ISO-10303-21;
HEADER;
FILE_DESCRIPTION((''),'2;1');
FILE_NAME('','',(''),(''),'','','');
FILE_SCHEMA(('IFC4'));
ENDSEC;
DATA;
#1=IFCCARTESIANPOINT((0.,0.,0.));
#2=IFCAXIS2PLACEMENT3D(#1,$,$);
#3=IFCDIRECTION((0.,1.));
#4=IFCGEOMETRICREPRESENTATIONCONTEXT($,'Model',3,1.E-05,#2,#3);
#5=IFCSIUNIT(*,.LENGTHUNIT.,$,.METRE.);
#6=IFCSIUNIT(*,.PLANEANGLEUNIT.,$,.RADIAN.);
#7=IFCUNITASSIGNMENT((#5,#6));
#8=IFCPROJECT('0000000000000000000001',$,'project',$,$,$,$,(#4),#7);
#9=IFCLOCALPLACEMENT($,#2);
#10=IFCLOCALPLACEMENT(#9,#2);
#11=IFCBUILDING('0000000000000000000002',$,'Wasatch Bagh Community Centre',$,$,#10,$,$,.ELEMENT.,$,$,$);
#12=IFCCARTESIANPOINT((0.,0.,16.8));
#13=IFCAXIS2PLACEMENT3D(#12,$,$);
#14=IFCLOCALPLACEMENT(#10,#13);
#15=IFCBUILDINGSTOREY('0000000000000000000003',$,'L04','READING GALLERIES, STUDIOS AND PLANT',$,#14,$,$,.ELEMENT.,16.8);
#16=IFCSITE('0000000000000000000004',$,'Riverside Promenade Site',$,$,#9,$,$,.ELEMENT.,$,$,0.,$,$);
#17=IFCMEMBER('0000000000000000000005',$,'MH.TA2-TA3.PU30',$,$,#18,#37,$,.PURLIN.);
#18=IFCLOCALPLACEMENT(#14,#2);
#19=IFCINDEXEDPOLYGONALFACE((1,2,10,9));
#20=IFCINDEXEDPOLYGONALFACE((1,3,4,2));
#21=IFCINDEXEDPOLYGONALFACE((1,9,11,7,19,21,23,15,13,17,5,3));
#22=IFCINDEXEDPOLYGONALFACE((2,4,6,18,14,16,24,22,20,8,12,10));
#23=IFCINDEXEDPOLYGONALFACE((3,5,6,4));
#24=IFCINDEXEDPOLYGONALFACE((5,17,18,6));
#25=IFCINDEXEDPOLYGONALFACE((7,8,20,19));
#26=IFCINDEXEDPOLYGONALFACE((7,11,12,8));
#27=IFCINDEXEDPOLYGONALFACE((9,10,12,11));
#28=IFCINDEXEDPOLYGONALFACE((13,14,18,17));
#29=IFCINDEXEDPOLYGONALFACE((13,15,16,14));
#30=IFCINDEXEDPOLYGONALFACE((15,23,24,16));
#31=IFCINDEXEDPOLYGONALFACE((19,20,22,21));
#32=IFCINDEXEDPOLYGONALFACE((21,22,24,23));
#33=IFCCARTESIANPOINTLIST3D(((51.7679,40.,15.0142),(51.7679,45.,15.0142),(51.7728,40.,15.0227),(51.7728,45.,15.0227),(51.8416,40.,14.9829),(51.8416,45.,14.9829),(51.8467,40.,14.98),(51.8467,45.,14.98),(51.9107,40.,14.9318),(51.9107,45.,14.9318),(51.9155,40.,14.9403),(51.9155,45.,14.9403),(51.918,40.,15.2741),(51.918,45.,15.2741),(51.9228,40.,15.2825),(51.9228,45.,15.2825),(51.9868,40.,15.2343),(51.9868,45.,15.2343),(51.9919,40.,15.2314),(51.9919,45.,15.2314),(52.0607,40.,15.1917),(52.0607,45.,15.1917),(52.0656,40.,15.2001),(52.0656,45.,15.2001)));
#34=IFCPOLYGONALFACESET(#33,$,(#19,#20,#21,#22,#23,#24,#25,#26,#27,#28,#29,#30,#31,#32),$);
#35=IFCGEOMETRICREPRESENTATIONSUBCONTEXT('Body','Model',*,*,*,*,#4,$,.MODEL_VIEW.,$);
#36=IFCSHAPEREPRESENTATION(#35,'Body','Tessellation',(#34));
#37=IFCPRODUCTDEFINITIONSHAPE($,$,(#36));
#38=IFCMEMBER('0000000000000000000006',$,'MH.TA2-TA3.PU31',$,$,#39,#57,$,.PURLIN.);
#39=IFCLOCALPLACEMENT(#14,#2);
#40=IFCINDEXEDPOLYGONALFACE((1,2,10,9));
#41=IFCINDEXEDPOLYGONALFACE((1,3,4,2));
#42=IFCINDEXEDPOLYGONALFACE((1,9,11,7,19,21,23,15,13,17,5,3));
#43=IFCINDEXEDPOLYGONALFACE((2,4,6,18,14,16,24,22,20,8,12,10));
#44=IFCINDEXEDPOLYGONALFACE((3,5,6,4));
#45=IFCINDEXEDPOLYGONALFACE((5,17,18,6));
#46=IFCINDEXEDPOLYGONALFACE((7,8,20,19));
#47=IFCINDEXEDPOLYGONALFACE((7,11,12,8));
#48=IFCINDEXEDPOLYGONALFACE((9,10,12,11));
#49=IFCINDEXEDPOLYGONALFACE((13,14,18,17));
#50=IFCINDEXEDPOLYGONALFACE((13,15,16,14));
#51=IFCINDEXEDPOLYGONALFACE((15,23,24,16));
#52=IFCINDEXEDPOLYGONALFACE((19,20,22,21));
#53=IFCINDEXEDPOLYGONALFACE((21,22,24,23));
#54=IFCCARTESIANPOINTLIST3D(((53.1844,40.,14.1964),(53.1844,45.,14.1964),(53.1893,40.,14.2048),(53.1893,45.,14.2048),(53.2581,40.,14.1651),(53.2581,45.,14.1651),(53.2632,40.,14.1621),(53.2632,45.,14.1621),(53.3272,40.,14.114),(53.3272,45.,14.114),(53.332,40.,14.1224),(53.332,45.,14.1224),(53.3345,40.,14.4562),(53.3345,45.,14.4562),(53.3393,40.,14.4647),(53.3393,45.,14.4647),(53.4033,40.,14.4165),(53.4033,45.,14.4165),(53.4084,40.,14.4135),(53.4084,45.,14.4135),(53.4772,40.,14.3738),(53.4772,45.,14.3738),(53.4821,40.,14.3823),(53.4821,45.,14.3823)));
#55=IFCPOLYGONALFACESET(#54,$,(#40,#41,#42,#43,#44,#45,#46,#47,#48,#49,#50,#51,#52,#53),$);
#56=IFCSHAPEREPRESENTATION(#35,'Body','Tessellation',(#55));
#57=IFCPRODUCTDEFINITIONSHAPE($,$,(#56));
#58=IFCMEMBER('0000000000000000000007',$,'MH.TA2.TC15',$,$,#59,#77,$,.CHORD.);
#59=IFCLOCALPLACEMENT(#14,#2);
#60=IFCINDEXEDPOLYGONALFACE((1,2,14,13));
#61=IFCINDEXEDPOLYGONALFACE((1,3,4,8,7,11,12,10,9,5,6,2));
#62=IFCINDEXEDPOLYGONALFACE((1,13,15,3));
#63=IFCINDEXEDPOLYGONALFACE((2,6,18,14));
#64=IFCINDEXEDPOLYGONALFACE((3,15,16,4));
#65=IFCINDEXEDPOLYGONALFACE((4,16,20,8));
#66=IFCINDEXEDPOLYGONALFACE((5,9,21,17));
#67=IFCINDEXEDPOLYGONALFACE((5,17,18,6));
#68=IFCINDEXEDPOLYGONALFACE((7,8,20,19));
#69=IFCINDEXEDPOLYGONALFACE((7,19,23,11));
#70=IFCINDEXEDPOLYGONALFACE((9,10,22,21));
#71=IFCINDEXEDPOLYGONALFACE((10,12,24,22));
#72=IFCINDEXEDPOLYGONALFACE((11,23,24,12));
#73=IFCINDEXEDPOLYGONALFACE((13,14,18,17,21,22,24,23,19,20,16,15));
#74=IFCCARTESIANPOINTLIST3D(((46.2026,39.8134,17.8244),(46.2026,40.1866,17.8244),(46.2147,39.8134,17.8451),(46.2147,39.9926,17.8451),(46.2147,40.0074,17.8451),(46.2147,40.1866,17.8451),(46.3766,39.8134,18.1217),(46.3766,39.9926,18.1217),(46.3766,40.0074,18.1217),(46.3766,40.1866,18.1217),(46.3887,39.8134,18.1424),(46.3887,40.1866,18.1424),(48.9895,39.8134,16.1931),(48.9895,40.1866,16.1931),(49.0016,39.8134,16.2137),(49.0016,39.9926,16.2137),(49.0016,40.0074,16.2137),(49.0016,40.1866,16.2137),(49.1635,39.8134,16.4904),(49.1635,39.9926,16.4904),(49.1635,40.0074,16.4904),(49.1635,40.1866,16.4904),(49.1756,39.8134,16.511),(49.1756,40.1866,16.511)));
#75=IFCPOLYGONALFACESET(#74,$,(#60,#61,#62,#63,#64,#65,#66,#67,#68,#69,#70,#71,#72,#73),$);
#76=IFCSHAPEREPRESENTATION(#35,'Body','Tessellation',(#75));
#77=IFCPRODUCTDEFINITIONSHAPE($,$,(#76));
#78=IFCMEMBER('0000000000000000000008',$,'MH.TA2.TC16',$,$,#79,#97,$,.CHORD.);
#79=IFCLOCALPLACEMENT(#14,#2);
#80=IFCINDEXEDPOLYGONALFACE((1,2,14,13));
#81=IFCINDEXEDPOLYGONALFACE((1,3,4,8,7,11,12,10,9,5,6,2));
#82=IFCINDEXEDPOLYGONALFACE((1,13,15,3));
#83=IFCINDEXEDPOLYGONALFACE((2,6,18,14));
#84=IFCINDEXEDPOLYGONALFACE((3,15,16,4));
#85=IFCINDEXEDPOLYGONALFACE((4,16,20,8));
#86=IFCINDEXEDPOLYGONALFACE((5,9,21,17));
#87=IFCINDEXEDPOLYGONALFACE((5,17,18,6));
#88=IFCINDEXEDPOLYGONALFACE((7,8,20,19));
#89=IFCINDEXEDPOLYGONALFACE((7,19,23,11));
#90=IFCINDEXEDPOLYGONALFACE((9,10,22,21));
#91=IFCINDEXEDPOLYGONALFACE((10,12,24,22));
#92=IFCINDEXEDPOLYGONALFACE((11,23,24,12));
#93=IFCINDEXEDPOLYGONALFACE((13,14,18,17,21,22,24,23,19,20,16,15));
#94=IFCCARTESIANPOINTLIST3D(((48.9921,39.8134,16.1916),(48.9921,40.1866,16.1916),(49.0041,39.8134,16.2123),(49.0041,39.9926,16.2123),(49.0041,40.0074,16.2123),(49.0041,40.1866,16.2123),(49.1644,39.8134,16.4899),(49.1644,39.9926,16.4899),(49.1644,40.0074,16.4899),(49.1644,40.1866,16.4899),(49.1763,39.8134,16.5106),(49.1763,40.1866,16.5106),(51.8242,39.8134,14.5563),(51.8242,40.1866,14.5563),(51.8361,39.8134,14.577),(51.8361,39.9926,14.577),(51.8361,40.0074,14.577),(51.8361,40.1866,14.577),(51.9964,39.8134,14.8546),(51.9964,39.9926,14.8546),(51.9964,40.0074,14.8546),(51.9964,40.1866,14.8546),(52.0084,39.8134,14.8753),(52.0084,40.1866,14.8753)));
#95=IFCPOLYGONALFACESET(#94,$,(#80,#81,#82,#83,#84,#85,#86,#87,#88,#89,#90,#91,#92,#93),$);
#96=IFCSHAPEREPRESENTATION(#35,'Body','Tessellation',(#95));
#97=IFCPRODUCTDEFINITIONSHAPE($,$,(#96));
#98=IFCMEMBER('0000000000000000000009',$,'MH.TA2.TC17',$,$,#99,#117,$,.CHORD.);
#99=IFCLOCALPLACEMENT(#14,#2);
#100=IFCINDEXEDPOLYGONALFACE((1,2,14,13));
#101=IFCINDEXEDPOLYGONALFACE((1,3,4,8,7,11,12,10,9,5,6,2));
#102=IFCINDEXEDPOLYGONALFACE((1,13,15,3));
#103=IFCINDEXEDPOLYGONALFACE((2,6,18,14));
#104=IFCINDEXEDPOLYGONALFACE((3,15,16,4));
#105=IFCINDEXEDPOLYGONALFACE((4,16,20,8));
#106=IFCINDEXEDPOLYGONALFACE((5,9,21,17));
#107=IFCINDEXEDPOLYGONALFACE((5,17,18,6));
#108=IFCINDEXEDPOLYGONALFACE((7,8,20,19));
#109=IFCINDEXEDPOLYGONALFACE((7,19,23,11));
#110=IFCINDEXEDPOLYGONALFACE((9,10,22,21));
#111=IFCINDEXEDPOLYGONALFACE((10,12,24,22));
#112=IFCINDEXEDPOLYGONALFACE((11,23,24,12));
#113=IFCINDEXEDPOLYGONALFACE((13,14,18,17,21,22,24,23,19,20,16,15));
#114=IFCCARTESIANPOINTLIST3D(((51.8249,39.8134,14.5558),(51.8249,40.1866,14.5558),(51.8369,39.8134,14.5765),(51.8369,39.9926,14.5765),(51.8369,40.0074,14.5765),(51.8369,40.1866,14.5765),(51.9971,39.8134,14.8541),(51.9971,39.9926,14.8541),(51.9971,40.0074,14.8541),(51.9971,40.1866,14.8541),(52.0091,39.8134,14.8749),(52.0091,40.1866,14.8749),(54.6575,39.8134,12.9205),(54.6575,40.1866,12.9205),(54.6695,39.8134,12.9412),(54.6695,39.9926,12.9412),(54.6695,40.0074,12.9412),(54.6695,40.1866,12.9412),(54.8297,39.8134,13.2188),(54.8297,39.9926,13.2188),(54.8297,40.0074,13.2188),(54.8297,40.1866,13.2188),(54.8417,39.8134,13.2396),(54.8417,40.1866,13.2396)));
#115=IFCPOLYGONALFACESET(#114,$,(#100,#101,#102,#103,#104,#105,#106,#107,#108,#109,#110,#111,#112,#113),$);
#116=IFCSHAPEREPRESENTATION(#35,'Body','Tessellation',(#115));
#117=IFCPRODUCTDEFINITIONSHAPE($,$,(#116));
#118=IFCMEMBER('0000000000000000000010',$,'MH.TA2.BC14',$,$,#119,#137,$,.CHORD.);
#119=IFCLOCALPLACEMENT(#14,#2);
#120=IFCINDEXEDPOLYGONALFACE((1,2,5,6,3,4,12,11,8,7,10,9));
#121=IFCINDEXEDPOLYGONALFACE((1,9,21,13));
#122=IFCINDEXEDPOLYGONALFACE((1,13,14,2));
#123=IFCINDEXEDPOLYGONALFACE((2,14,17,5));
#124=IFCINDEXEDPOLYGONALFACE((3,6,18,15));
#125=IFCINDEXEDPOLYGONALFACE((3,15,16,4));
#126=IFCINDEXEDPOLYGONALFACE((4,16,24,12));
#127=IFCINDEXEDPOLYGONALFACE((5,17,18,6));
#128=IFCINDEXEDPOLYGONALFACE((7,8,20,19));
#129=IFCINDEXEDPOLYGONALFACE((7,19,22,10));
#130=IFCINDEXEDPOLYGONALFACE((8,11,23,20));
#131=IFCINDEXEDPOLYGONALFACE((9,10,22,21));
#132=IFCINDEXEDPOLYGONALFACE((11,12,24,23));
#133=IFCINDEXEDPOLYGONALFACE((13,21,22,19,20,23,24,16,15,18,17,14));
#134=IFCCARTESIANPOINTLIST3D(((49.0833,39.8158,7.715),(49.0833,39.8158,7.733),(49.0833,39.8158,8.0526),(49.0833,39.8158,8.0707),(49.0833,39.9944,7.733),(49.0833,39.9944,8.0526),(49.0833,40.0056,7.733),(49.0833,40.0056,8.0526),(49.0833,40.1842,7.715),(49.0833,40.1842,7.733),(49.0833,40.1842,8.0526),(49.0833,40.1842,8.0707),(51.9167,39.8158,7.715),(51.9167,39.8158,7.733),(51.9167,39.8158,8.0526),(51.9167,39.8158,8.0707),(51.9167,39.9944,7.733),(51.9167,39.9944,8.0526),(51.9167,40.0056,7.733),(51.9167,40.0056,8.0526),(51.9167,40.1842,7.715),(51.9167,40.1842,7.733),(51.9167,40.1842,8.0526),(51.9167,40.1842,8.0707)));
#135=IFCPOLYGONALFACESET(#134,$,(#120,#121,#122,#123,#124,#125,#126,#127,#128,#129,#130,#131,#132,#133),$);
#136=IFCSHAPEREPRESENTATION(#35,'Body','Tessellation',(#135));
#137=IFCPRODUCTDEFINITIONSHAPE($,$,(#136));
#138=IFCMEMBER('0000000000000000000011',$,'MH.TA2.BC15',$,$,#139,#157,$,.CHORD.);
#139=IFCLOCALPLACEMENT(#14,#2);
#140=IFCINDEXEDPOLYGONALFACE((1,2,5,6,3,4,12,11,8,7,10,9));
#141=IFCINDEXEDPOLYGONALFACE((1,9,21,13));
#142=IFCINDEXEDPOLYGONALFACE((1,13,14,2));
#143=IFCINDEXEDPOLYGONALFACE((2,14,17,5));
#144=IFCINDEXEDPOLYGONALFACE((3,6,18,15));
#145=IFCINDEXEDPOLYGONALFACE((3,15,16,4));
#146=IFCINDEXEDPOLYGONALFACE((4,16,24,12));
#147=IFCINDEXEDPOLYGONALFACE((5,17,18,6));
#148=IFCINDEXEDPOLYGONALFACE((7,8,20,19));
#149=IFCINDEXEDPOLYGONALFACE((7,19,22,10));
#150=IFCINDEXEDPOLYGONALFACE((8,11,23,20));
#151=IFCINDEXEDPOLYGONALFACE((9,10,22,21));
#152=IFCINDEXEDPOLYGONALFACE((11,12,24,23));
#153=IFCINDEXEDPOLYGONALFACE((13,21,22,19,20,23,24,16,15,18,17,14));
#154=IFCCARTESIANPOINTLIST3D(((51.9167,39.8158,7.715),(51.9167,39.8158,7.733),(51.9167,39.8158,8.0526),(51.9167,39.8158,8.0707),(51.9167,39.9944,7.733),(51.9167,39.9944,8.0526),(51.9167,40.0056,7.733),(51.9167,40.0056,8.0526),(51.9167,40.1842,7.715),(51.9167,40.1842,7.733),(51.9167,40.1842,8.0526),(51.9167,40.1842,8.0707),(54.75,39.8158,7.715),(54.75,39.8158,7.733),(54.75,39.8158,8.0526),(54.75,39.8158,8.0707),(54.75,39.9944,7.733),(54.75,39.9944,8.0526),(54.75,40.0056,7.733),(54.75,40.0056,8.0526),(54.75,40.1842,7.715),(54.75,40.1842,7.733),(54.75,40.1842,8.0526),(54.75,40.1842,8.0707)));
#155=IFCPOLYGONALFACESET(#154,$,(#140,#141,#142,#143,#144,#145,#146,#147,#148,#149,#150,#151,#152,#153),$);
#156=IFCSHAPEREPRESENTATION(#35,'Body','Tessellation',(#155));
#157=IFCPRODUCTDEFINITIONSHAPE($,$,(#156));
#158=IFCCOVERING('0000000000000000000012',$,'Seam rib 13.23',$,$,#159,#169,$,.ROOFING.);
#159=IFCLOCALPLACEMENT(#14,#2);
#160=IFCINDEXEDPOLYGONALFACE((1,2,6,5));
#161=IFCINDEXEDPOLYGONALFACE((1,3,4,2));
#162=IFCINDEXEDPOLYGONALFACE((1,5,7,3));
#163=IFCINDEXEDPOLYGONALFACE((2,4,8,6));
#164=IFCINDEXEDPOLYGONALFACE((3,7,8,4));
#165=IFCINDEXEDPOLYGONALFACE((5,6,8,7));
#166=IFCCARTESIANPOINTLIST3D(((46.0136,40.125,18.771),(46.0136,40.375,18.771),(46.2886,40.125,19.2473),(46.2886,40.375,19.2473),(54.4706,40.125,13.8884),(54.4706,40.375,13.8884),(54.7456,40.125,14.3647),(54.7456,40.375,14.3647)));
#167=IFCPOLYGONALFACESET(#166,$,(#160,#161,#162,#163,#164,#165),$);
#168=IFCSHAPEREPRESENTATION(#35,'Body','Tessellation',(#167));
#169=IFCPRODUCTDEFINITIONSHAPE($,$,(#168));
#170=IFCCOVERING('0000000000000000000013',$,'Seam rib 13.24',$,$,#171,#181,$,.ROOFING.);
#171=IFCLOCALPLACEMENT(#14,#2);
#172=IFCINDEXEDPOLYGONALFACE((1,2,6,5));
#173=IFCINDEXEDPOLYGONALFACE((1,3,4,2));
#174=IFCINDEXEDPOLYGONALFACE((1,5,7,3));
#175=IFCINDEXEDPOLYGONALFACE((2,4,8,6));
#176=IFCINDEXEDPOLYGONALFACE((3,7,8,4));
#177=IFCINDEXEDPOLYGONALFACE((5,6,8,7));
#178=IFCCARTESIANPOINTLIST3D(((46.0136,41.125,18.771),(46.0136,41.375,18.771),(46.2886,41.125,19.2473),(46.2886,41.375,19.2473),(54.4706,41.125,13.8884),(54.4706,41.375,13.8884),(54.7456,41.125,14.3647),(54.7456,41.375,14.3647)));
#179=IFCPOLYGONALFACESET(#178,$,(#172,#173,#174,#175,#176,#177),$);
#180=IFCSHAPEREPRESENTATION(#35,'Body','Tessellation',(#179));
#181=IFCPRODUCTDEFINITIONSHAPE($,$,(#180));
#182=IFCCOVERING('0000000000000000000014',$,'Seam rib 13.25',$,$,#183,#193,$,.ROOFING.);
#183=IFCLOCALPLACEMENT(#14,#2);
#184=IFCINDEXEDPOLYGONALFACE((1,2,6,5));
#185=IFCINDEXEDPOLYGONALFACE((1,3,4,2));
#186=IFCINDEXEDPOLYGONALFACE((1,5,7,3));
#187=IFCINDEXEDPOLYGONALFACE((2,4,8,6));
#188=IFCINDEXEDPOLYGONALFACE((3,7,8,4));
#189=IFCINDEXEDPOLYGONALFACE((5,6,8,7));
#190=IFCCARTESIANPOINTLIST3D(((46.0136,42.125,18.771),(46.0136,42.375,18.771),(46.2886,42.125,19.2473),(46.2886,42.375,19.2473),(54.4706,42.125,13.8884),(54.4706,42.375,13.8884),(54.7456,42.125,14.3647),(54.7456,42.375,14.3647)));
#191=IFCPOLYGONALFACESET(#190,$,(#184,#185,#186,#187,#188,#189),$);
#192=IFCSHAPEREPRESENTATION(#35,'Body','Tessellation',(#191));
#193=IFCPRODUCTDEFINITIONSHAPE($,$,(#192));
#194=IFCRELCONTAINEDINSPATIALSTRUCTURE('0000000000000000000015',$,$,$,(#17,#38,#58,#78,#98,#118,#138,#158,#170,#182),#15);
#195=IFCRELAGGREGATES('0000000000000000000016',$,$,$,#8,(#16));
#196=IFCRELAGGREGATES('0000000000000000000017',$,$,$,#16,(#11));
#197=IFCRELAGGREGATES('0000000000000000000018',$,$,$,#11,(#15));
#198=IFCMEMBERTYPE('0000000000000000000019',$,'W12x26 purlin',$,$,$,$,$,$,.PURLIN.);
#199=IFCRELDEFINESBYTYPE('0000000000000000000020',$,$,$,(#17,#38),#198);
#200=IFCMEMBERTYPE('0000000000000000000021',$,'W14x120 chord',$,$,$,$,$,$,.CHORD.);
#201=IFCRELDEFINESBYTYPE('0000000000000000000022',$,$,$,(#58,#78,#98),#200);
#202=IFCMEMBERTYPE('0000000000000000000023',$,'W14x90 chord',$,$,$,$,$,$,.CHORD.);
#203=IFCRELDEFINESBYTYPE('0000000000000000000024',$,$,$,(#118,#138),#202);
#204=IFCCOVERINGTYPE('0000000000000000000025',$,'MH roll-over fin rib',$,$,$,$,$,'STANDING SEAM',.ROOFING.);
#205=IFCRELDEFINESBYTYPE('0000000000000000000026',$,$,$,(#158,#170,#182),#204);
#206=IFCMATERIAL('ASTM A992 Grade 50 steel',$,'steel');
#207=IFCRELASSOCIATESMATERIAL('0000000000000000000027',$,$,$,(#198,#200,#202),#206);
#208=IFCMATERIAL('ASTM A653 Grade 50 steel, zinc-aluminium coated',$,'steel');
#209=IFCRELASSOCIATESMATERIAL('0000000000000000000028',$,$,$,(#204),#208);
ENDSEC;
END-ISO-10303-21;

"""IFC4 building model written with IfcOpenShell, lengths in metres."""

from ifc_helpers import new_model, si_unit, direction, frame, origin, origin_2d, place, context, subcontext, project, spatial, polyline, i_section, outline, extrude, material, material_profile, profile_set, type_object, element, save


model = new_model("IFC4")

# Units and contexts
model_context = context("Model", 3, precision=1e-05, world=origin(), true_north=direction((0.0, 1.0)))
body_context = subcontext(model_context, "Body", "Model", "MODEL_VIEW")
ifc_project = project(units=[si_unit("LENGTHUNIT", "METRE"), si_unit("PLANEANGLEUNIT", "RADIAN")], contexts=[model_context])

# Site, building, storey
site_placement = place(None, origin())
site = spatial("IfcSite", under=ifc_project, at=site_placement, Name="Riverside Promenade Site", CompositionType="ELEMENT", RefElevation=0.0)
building_placement = place(site_placement, origin())
building = spatial("IfcBuilding", under=site, at=building_placement, Name="Wasatch Bagh Community Centre", CompositionType="ELEMENT")
storey_placement = place(building_placement, frame((0.0, 0.0, 16.8)))
storey = spatial("IfcBuildingStorey", under=building, at=storey_placement, Name="L04", Description="READING GALLERIES, STUDIOS AND PLANT", CompositionType="ELEMENT", Elevation=16.8)

# Members
ifc_material_1 = material(Name="ASTM A992 Grade 50 steel", Category="steel")
ifc_material_profile_1 = material_profile(ifc_material_1, i_section(OverallWidth=0.1648, OverallDepth=0.3098, WebThickness=0.0059, FlangeThickness=0.0098, at=origin_2d()), Name="W12x26")
ifc_profile_set_1 = profile_set([ifc_material_profile_1], Name="ASTM A992 Grade 50 steel")
member_type_1 = type_object("IfcMemberType", Name="W12x26 purlin", PredefinedType="PURLIN", material=ifc_profile_set_1)
for number, where, z_axis, x_axis, name in (
    (1, (51.9167, 40.0, 15.1072), (0.0, 1.0, 0.0), (-0.866025, 0.0, 0.5), "MH.TA2-TA3.PU30"),
    (2, (53.3333, 40.0, 14.2893), (0.0, 1.0, 0.0), (-0.866025, 0.0, 0.5), "MH.TA2-TA3.PU31"),
):
    element("IfcMember", number, at=place(storey_placement, frame(where, z_axis=z_axis, x_axis=x_axis)), inside=storey, type_object=member_type_1, Name=name, PredefinedType="PURLIN", context=body_context, shape_type="SweptSolid", body=[
        extrude(i_section(OverallWidth=0.1648, OverallDepth=0.3098, WebThickness=0.0059, FlangeThickness=0.0098, at=origin_2d()), origin(), (0.0, 0.0, 1.0), 5.0),
    ])
ifc_material_profile_2 = material_profile(ifc_material_1, i_section(OverallWidth=0.3733, OverallDepth=0.3684, WebThickness=0.0149, FlangeThickness=0.0239, at=origin_2d()), Name="W14x120")
ifc_profile_set_2 = profile_set([ifc_material_profile_2], Name="ASTM A992 Grade 50 steel")
member_type_2 = type_object("IfcMemberType", Name="W14x120 chord", PredefinedType="CHORD", material=ifc_profile_set_2)
member_1_placement = place(storey_placement, frame((46.2957, 40.0, 17.9834), z_axis=(0.863013, 0.0, -0.505182), x_axis=(0.0, 1.0, 0.0)))
element("IfcMember", 3, at=member_1_placement, inside=storey, type_object=member_type_2, Name="MH.TA2.TC15", PredefinedType="CHORD", context=body_context, shape_type="SweptSolid", body=[
    extrude(i_section(OverallWidth=0.3733, OverallDepth=0.3684, WebThickness=0.0149, FlangeThickness=0.0239, at=origin_2d()), origin(), (0.0, 0.0, 1.0), 3.2292),
])
member_2_placement = place(storey_placement, frame((49.0842, 40.0, 16.3511), z_axis=(0.866002, 0.0, -0.500041), x_axis=(0.0, 1.0, 0.0)))
element("IfcMember", 4, at=member_2_placement, inside=storey, type_object=member_type_2, Name="MH.TA2.TC16", PredefinedType="CHORD", context=body_context, shape_type="SweptSolid", body=[
    extrude(i_section(OverallWidth=0.3733, OverallDepth=0.3684, WebThickness=0.0149, FlangeThickness=0.0239, at=origin_2d()), origin(), (0.0, 0.0, 1.0), 3.2703),
])
member_3_placement = place(storey_placement, frame((51.917, 40.0, 14.7153), z_axis=(0.866039, 0.0, -0.499977), x_axis=(0.0, 1.0, 0.0)))
element("IfcMember", 5, at=member_3_placement, inside=storey, type_object=member_type_2, Name="MH.TA2.TC17", PredefinedType="CHORD", context=body_context, shape_type="SweptSolid", body=[
    extrude(i_section(OverallWidth=0.3733, OverallDepth=0.3684, WebThickness=0.0149, FlangeThickness=0.0239, at=origin_2d()), origin(), (0.0, 0.0, 1.0), 3.2708),
])
ifc_material_profile_3 = material_profile(ifc_material_1, i_section(OverallWidth=0.3684, OverallDepth=0.3557, WebThickness=0.0112, FlangeThickness=0.0181, at=origin_2d()), Name="W14x90")
ifc_profile_set_3 = profile_set([ifc_material_profile_3], Name="ASTM A992 Grade 50 steel")
member_type_3 = type_object("IfcMemberType", Name="W14x90 chord", PredefinedType="CHORD", material=ifc_profile_set_3)
member_4_placement = place(storey_placement, frame((49.0833, 40.0, 7.8928), z_axis=(1.0, 0.0, 0.0), x_axis=(0.0, 1.0, 0.0)))
element("IfcMember", 6, at=member_4_placement, inside=storey, type_object=member_type_3, Name="MH.TA2.BC14", PredefinedType="CHORD", context=body_context, shape_type="SweptSolid", body=[
    extrude(i_section(OverallWidth=0.3684, OverallDepth=0.3557, WebThickness=0.0112, FlangeThickness=0.0181, at=origin_2d()), origin(), (0.0, 0.0, 1.0), 2.8335),
])
member_5_placement = place(storey_placement, frame((51.9167, 40.0, 7.8928), z_axis=(1.0, 0.0, 0.0), x_axis=(0.0, 1.0, 0.0)))
element("IfcMember", 7, at=member_5_placement, inside=storey, type_object=member_type_3, Name="MH.TA2.BC15", PredefinedType="CHORD", context=body_context, shape_type="SweptSolid", body=[
    extrude(i_section(OverallWidth=0.3684, OverallDepth=0.3557, WebThickness=0.0112, FlangeThickness=0.0181, at=origin_2d()), origin(), (0.0, 0.0, 1.0), 2.8333),
])

# Coverings
ifc_material_2 = material(Name="ASTM A653 Grade 50 steel, zinc-aluminium coated", Category="steel")
covering_type = type_object("IfcCoveringType", Name="MH roll-over fin rib", ElementType="STANDING SEAM", PredefinedType="ROOFING", material=ifc_material_2)
for number, where, z_axis, x_axis, name in (
    (8, (46.2886, 40.125, 19.2473), (0.499992, 0.0, 0.86603), (0.86603, 0.0, -0.499992), "Seam rib 13.23"),
    (9, (46.2886, 41.125, 19.2473), (0.499992, 0.0, 0.86603), (0.86603, 0.0, -0.499992), "Seam rib 13.24"),
    (10, (46.2886, 42.125, 19.2473), (0.499992, 0.0, 0.86603), (0.86603, 0.0, -0.499992), "Seam rib 13.25"),
):
    element("IfcCovering", number, at=place(storey_placement, frame(where, z_axis=z_axis, x_axis=x_axis)), inside=storey, type_object=covering_type, Name=name, PredefinedType="ROOFING", context=body_context, shape_type="SweptSolid", body=[
        extrude(outline(polyline([(0.0, 0.0), (9.7653, 0.0), (9.7653, 0.25), (0.0, 0.25), (0.0, 0.0)])), origin(), (0.0, 0.0, -1.0), 0.55),
    ])

save(model, "model.ifc")
